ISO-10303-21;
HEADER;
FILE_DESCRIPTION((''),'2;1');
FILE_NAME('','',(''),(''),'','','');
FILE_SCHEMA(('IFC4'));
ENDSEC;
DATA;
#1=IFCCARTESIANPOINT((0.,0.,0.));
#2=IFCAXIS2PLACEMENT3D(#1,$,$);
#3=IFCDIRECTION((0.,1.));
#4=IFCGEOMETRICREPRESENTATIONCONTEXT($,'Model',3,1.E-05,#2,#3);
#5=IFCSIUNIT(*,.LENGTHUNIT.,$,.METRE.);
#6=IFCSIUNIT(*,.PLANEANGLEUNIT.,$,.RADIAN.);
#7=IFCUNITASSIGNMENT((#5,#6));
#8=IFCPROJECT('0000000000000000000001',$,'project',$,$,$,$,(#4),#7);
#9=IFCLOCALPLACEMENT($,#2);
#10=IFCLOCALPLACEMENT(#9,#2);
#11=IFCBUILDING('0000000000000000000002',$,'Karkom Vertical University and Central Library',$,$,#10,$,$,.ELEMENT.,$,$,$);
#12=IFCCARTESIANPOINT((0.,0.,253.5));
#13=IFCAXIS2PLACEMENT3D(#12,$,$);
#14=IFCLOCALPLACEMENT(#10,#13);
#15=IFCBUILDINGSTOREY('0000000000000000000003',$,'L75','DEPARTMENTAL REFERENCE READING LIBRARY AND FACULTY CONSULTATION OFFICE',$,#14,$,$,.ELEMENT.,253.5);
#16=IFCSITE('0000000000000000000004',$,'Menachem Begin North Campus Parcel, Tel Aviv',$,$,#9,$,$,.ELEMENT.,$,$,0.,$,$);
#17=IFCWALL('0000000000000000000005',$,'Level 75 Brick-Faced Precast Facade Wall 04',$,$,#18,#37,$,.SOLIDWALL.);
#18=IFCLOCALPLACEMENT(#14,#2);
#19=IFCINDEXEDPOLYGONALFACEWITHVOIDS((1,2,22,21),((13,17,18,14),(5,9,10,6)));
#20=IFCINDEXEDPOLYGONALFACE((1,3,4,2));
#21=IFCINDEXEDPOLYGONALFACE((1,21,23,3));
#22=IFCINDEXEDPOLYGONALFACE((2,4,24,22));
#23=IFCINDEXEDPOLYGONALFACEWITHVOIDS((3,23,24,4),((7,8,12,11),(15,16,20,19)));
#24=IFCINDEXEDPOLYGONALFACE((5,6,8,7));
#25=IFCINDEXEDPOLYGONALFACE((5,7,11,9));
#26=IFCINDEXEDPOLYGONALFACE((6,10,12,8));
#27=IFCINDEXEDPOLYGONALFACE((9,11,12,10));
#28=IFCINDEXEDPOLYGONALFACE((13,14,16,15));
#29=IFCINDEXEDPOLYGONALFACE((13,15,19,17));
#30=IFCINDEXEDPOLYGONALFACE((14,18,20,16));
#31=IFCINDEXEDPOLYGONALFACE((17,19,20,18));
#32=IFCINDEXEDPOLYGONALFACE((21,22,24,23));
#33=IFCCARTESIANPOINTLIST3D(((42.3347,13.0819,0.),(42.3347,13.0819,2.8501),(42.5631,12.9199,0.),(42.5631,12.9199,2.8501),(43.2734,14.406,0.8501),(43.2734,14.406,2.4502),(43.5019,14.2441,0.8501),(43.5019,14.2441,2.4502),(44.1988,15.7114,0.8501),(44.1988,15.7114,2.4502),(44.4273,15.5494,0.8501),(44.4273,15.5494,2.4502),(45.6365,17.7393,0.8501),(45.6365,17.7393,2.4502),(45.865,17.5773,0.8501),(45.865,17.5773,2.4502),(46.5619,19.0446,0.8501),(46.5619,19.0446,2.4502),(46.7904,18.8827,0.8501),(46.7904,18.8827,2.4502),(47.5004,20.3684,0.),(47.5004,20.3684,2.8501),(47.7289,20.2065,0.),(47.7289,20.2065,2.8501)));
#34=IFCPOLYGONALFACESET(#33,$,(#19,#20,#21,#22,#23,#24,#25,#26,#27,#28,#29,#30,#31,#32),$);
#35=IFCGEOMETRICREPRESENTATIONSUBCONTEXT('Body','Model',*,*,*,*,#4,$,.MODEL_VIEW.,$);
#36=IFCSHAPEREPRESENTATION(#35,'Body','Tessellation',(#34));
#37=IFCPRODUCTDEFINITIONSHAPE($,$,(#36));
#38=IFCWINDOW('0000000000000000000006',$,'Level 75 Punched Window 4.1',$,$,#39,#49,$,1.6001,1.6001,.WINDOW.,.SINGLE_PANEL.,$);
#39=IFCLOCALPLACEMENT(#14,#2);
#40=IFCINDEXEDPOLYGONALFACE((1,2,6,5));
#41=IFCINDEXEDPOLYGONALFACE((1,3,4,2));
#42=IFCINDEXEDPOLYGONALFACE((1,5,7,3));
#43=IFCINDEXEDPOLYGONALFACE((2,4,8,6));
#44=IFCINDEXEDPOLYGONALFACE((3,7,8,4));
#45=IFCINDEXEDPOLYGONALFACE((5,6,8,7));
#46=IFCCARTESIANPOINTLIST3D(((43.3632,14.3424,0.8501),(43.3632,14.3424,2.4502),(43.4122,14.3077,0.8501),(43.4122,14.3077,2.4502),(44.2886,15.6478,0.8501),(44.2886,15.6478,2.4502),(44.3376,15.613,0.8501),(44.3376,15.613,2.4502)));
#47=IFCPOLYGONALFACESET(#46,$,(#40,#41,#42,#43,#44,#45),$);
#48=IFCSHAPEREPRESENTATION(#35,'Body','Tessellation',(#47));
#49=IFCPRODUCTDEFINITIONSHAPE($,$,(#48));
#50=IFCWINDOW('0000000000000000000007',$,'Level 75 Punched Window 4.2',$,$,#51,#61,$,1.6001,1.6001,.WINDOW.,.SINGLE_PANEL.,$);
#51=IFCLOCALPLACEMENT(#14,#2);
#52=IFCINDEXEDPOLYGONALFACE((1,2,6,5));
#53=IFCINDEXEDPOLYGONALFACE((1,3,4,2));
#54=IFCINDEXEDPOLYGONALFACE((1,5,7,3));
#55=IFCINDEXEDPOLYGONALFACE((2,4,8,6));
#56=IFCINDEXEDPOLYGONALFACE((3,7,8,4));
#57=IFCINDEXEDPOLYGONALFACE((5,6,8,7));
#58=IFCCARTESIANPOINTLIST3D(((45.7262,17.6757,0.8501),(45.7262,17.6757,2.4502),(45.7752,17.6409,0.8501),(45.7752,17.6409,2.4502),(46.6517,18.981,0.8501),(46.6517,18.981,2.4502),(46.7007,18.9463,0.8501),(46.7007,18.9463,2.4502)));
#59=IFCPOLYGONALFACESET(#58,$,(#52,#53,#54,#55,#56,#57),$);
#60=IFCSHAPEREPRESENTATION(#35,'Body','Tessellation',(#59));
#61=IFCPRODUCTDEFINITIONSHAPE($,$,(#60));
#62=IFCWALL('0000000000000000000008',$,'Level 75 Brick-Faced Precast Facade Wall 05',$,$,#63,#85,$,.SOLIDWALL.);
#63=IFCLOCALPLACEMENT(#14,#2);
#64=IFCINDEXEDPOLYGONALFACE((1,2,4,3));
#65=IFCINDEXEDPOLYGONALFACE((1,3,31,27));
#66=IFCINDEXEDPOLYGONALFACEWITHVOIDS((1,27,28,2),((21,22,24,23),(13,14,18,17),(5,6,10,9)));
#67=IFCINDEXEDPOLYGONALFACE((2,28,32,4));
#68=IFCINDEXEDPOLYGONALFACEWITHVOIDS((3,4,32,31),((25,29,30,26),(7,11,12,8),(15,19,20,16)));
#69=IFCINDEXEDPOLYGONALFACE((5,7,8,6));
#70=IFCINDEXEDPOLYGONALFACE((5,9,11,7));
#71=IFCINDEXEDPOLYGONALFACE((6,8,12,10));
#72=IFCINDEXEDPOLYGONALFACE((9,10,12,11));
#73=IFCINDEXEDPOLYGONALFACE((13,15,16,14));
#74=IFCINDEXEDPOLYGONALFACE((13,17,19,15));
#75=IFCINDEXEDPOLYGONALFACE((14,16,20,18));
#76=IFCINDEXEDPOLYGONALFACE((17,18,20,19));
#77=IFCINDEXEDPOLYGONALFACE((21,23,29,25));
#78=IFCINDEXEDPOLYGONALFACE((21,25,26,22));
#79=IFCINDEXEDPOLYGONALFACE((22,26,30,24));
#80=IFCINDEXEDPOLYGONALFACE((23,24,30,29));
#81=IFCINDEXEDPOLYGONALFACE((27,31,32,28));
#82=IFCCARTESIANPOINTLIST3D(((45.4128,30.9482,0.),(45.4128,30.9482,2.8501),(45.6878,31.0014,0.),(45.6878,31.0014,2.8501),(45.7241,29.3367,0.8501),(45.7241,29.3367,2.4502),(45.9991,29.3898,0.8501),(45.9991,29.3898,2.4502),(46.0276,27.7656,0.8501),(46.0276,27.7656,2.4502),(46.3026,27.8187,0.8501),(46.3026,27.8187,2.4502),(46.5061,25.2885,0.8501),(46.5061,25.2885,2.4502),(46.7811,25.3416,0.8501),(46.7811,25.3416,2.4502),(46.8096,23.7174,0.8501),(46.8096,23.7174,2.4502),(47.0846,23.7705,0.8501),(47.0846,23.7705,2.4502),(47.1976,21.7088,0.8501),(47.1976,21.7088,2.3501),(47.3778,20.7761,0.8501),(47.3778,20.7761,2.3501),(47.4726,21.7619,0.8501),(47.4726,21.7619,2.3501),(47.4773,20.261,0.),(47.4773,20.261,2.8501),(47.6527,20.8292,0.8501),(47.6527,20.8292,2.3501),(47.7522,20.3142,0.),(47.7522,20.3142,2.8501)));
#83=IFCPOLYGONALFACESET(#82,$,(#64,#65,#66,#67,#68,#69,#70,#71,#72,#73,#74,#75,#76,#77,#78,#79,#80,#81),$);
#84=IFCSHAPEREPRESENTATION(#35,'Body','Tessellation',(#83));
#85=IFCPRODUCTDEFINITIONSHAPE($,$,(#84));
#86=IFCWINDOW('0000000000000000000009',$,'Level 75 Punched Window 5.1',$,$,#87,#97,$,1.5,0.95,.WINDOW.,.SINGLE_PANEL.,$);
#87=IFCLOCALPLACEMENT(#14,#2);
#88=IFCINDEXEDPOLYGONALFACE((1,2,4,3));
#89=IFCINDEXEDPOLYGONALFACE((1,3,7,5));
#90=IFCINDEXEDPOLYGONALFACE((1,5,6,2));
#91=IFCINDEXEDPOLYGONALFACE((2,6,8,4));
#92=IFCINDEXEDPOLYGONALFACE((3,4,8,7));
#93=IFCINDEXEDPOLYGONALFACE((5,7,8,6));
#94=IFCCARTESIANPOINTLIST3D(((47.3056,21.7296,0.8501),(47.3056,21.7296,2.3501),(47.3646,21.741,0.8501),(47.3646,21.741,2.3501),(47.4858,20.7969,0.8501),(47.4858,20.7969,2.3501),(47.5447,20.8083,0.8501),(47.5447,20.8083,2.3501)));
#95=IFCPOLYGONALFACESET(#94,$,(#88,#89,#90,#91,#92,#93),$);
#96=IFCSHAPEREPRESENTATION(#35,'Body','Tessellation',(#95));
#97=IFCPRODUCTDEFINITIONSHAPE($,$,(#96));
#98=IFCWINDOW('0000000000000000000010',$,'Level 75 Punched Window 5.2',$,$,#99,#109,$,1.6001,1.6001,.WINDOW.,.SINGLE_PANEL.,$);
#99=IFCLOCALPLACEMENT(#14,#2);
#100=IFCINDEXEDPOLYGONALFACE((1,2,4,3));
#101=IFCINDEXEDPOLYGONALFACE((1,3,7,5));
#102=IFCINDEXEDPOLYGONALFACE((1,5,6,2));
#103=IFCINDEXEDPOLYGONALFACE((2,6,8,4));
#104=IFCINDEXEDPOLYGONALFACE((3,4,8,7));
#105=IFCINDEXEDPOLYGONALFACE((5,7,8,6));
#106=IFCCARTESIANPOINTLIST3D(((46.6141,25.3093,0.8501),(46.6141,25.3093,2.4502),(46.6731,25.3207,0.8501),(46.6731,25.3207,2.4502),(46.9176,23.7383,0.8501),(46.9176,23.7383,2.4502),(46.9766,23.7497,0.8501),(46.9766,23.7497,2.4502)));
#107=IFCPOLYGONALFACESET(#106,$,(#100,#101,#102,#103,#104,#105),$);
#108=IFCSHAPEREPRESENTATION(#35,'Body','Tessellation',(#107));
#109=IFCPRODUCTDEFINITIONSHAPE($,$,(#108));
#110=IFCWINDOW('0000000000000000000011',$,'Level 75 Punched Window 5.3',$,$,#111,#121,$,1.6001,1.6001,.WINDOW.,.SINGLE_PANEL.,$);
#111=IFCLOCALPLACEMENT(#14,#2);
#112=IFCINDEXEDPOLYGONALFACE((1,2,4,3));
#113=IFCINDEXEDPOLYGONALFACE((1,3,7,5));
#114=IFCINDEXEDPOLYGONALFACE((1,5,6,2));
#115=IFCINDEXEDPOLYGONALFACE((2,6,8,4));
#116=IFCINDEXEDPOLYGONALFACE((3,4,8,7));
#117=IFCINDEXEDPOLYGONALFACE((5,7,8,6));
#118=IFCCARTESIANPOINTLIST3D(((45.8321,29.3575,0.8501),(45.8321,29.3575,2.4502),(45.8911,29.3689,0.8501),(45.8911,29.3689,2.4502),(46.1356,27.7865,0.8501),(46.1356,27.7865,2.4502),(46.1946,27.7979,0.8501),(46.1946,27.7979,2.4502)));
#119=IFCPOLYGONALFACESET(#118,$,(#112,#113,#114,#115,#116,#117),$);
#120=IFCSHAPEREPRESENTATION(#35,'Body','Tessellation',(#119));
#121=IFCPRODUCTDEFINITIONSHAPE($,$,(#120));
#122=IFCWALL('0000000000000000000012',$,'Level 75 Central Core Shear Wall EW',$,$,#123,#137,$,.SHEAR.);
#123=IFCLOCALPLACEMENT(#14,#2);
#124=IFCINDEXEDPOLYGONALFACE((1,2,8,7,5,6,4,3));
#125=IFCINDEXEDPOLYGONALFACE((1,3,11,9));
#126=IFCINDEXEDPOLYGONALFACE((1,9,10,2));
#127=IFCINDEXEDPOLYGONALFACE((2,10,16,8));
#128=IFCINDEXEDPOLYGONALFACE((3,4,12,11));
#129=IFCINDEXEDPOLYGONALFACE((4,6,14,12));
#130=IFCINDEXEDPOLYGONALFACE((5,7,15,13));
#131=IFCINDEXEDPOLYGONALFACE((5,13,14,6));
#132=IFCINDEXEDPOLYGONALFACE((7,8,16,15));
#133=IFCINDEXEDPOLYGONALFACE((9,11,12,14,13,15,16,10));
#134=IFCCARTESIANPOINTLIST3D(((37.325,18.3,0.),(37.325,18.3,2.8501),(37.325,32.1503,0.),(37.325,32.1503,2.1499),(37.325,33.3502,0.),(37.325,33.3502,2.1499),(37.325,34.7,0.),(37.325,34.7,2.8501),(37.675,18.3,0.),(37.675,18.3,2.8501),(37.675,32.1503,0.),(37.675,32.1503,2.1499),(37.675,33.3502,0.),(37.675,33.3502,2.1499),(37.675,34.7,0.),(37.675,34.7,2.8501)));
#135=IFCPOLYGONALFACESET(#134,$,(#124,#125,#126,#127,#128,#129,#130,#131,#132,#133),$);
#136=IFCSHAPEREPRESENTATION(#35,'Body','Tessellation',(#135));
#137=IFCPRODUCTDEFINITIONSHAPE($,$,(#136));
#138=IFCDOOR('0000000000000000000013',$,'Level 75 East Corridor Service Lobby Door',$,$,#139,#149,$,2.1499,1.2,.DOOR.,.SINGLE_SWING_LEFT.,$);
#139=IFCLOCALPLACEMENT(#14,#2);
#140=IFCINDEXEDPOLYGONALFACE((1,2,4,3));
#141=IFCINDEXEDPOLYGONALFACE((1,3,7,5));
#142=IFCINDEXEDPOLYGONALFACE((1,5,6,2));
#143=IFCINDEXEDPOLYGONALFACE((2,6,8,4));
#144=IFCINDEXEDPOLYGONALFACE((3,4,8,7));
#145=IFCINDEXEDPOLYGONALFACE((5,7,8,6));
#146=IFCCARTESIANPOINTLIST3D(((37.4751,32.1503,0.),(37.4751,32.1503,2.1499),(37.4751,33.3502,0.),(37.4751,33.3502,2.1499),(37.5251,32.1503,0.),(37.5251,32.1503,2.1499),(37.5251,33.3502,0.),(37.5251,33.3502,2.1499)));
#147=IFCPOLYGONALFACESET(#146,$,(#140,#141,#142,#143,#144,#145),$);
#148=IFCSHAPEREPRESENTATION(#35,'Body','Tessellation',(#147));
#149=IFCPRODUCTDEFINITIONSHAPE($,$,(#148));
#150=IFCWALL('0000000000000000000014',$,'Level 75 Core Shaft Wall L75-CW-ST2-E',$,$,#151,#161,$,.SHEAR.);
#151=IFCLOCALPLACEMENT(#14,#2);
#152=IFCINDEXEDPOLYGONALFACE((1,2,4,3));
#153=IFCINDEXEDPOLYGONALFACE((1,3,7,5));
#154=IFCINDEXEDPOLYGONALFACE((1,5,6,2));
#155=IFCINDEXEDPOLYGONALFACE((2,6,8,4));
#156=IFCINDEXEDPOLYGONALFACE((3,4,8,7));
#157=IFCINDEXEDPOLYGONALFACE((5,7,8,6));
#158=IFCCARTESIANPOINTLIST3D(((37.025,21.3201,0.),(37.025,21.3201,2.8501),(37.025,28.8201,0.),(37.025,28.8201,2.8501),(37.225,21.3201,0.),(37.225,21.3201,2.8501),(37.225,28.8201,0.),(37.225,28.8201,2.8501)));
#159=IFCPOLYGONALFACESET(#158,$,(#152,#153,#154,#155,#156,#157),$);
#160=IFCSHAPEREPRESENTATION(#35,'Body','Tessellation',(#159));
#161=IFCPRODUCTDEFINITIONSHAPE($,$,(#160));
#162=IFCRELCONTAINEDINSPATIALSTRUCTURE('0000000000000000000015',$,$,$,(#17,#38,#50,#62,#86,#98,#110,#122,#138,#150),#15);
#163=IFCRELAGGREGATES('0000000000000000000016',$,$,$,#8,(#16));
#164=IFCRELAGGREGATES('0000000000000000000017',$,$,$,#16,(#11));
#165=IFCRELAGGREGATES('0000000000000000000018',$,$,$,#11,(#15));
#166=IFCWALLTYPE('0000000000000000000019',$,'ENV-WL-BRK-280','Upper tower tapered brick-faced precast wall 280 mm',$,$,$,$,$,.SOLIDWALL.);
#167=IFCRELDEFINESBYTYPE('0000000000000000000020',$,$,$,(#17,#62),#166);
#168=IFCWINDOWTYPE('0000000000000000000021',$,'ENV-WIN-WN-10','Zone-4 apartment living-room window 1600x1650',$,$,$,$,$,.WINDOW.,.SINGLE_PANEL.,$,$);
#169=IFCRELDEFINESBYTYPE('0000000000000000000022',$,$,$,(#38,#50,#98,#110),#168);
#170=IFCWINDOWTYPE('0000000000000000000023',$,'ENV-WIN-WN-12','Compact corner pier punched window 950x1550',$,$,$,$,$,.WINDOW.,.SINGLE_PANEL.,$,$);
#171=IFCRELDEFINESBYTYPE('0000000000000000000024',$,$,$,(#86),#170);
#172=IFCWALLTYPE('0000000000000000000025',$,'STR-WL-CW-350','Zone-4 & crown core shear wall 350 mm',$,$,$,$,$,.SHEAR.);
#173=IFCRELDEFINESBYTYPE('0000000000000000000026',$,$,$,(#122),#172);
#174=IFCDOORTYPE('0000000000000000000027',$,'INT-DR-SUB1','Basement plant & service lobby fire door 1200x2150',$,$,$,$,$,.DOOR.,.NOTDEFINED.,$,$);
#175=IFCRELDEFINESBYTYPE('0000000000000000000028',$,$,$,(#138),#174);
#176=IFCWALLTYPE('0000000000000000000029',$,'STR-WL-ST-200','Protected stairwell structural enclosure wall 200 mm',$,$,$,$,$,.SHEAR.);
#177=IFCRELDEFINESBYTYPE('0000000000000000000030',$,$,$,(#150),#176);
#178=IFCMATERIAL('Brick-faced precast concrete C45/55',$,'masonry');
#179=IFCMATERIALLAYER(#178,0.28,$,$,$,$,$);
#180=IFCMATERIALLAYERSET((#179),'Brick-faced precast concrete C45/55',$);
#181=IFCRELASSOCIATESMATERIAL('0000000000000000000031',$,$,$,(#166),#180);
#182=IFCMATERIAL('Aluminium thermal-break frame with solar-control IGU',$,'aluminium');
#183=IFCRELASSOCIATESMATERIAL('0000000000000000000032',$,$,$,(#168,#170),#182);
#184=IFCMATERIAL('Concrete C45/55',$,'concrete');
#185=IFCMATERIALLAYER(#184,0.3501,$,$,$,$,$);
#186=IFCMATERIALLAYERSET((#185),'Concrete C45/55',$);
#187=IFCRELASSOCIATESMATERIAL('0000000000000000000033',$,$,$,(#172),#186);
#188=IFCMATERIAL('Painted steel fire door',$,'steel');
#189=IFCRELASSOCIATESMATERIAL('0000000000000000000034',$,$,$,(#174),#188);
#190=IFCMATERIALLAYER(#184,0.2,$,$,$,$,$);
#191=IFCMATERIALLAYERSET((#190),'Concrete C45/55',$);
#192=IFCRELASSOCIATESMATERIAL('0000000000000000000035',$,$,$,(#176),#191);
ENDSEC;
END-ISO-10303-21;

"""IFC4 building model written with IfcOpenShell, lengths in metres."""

from ifc_helpers import new_model, si_unit, direction, frame, frame_2d, origin, origin_with_axes, place, context, subcontext, project, spatial, rectangle, extrude, source, transform, mapped, material, layer, layer_set, type_object, element, fill, save


model = new_model("IFC4")

# Units and contexts
model_context = context("Model", 3, precision=1e-05, world=origin(), true_north=direction((0.0, 1.0)))
body_context = subcontext(model_context, "Body", "Model", "MODEL_VIEW")
ifc_project = project(units=[si_unit("LENGTHUNIT", "METRE"), si_unit("PLANEANGLEUNIT", "RADIAN")], contexts=[model_context])

# Site, building, storey
site_placement = place(None, origin())
site = spatial("IfcSite", under=ifc_project, at=site_placement, Name="Menachem Begin North Campus Parcel, Tel Aviv", CompositionType="ELEMENT", RefElevation=0.0)
building_placement = place(site_placement, origin())
building = spatial("IfcBuilding", under=site, at=building_placement, Name="Karkom Vertical University and Central Library", CompositionType="ELEMENT")
storey_placement = place(building_placement, frame((0.0, 0.0, 253.5)))
storey = spatial("IfcBuildingStorey", under=building, at=storey_placement, Name="L75", Description="DEPARTMENTAL REFERENCE READING LIBRARY AND FACULTY CONSULTATION OFFICE", CompositionType="ELEMENT", Elevation=253.5)

# Shared definitions
ifc_material_1 = material(Name="Concrete C45/55", Category="concrete")

# Walls, openings, windows
ifc_material_2 = material(Name="Brick-faced precast concrete C45/55", Category="masonry")
ifc_layer_1 = layer(ifc_material_2, 0.28)
ifc_layer_set_1 = layer_set([ifc_layer_1], Name="Brick-faced precast concrete C45/55")
wall_type_1 = type_object("IfcWallType", Name="ENV-WL-BRK-280", Description="Upper tower tapered brick-faced precast wall 280 mm", PredefinedType="SOLIDWALL", material=ifc_layer_set_1)
wall_1_placement = place(storey_placement, frame((42.449, 13.001, 0.0), z_axis=(0.0, 0.0, 1.0), x_axis=(0.578346, 0.815791, 0.0)))
wall_1 = element("IfcWall", 1, at=wall_1_placement, inside=storey, type_object=wall_type_1, Name="Level 75 Brick-Faced Precast Facade Wall 04", PredefinedType="SOLIDWALL", context=body_context, shape_type="SweptSolid", body=[
    extrude(rectangle(XDim=8.9319, YDim=0.28, at=frame_2d((4.4658, 0.0))), origin(), (0.0, 0.0, 1.0), 2.8501),
])
opening_1_placement = place(wall_1_placement, frame((1.623, 0.0, 0.8501)))
opening_1 = element("IfcOpeningElement", 2, at=opening_1_placement, cuts=wall_1, PredefinedType="OPENING", context=body_context, shape_type="SweptSolid", body=[
    extrude(rectangle(XDim=1.6001, YDim=1.6001, at=frame_2d((0.8, 0.8))), frame((0.0, 0.1499, 0.0), z_axis=(0.0, -1.0, 0.0), x_axis=(1.0, 0.0, 0.0)), (0.0, 0.0, 1.0), 0.3),
])
opening_2_placement = place(wall_1_placement, frame((5.709, 0.0, 0.8501)))
opening_2 = element("IfcOpeningElement", 3, at=opening_2_placement, cuts=wall_1, PredefinedType="OPENING", context=body_context, shape_type="SweptSolid", body=[
    extrude(rectangle(XDim=1.6001, YDim=1.6001, at=frame_2d((0.8, 0.8))), frame((0.0, 0.1499, 0.0), z_axis=(0.0, -1.0, 0.0), x_axis=(1.0, 0.0, 0.0)), (0.0, 0.0, 1.0), 0.3),
])
ifc_material_3 = material(Name="Aluminium thermal-break frame with solar-control IGU", Category="aluminium")
window_type_1 = type_object("IfcWindowType", Name="ENV-WIN-WN-10", Description="Zone-4 apartment living-room window 1600x1650", PartitioningType="SINGLE_PANEL", PredefinedType="WINDOW", material=ifc_material_3)
shared_shape_1 = source(origin_with_axes(), body_context, "Body", "SweptSolid", [
    extrude(rectangle(XDim=1.6001, YDim=1.6001, at=frame_2d((0.8, 0.8))), frame((0.0, 0.03, 0.0), z_axis=(0.0, -1.0, 0.0), x_axis=(1.0, 0.0, 0.0)), (0.0, 0.0, 1.0), 0.0601),
])
window_1_placement = place(opening_1_placement, origin())
window_1 = element("IfcWindow", 4, at=window_1_placement, inside=storey, type_object=window_type_1, Name="Level 75 Punched Window 4.1", OverallHeight=1.6001, OverallWidth=1.6001, PartitioningType="SINGLE_PANEL", PredefinedType="WINDOW", context=body_context, shape_type="MappedRepresentation", body=[
    mapped(shared_shape_1, transform((0.0, 0.0, 0.0), scale=1.0)),
])
fill(opening_1, window_1)
window_2_placement = place(opening_2_placement, origin())
window_2 = element("IfcWindow", 5, at=window_2_placement, inside=storey, type_object=window_type_1, Name="Level 75 Punched Window 4.2", OverallHeight=1.6001, OverallWidth=1.6001, PartitioningType="SINGLE_PANEL", PredefinedType="WINDOW", context=body_context, shape_type="MappedRepresentation", body=[
    mapped(shared_shape_1, transform((0.0, 0.0, 0.0), scale=1.0)),
])
fill(opening_2, window_2)
wall_2_placement = place(storey_placement, frame((47.6147, 20.2876, 0.0), z_axis=(0.0, 0.0, 1.0), x_axis=(-0.189663, 0.981849, 0.0)))
wall_2 = element("IfcWall", 6, at=wall_2_placement, inside=storey, type_object=wall_type_1, Name="Level 75 Brick-Faced Precast Facade Wall 05", PredefinedType="SOLIDWALL", context=body_context, shape_type="SweptSolid", body=[
    extrude(rectangle(XDim=10.8848, YDim=0.28, at=frame_2d((5.4424, 0.0))), origin(), (0.0, 0.0, 1.0), 2.8501),
])
opening_3_placement = place(wall_2_placement, frame((0.5244, 0.0, 0.8501)))
opening_3 = element("IfcOpeningElement", 7, at=opening_3_placement, cuts=wall_2, PredefinedType="OPENING", context=body_context, shape_type="SweptSolid", body=[
    extrude(rectangle(XDim=0.95, YDim=1.5, at=frame_2d((0.4751, 0.75))), frame((0.0, 0.1499, 0.0), z_axis=(0.0, -1.0, 0.0), x_axis=(1.0, 0.0, 0.0)), (0.0, 0.0, 1.0), 0.3),
])
opening_4_placement = place(wall_2_placement, frame((3.5203, 0.0, 0.8501)))
opening_4 = element("IfcOpeningElement", 8, at=opening_4_placement, cuts=wall_2, PredefinedType="OPENING", context=body_context, shape_type="SweptSolid", body=[
    extrude(rectangle(XDim=1.6001, YDim=1.6001, at=frame_2d((0.8, 0.8))), frame((0.0, 0.1499, 0.0), z_axis=(0.0, -1.0, 0.0), x_axis=(1.0, 0.0, 0.0)), (0.0, 0.0, 1.0), 0.3),
])
opening_5_placement = place(wall_2_placement, frame((7.6433, 0.0, 0.8501)))
opening_5 = element("IfcOpeningElement", 9, at=opening_5_placement, cuts=wall_2, PredefinedType="OPENING", context=body_context, shape_type="SweptSolid", body=[
    extrude(rectangle(XDim=1.6001, YDim=1.6001, at=frame_2d((0.8, 0.8))), frame((0.0, 0.1499, 0.0), z_axis=(0.0, -1.0, 0.0), x_axis=(1.0, 0.0, 0.0)), (0.0, 0.0, 1.0), 0.3),
])
window_type_2 = type_object("IfcWindowType", Name="ENV-WIN-WN-12", Description="Compact corner pier punched window 950x1550", PartitioningType="SINGLE_PANEL", PredefinedType="WINDOW", material=ifc_material_3)
shared_shape_2 = source(origin_with_axes(), body_context, "Body", "SweptSolid", [
    extrude(rectangle(XDim=0.95, YDim=1.5, at=frame_2d((0.4751, 0.75))), frame((0.0, 0.03, 0.0), z_axis=(0.0, -1.0, 0.0), x_axis=(1.0, 0.0, 0.0)), (0.0, 0.0, 1.0), 0.0601),
])
window_3_placement = place(opening_3_placement, origin())
window_3 = element("IfcWindow", 10, at=window_3_placement, inside=storey, type_object=window_type_2, Name="Level 75 Punched Window 5.1", OverallHeight=1.5, OverallWidth=0.95, PartitioningType="SINGLE_PANEL", PredefinedType="WINDOW", context=body_context, shape_type="MappedRepresentation", body=[
    mapped(shared_shape_2, transform((0.0, 0.0, 0.0), scale=1.0)),
])
fill(opening_3, window_3)
window_4_placement = place(opening_4_placement, origin())
window_4 = element("IfcWindow", 11, at=window_4_placement, inside=storey, type_object=window_type_1, Name="Level 75 Punched Window 5.2", OverallHeight=1.6001, OverallWidth=1.6001, PartitioningType="SINGLE_PANEL", PredefinedType="WINDOW", context=body_context, shape_type="MappedRepresentation", body=[
    mapped(shared_shape_1, transform((0.0, 0.0, 0.0), scale=1.0)),
])
fill(opening_4, window_4)
window_5_placement = place(opening_5_placement, origin())
window_5 = element("IfcWindow", 12, at=window_5_placement, inside=storey, type_object=window_type_1, Name="Level 75 Punched Window 5.3", OverallHeight=1.6001, OverallWidth=1.6001, PartitioningType="SINGLE_PANEL", PredefinedType="WINDOW", context=body_context, shape_type="MappedRepresentation", body=[
    mapped(shared_shape_1, transform((0.0, 0.0, 0.0), scale=1.0)),
])
fill(opening_5, window_5)

# Wall, opening, door
ifc_layer_2 = layer(ifc_material_1, 0.3501)
ifc_layer_set_2 = layer_set([ifc_layer_2], Name="Concrete C45/55")
wall_type_2 = type_object("IfcWallType", Name="STR-WL-CW-350", Description="Zone-4 & crown core shear wall 350 mm", PredefinedType="SHEAR", material=ifc_layer_set_2)
wall_3_placement = place(storey_placement, frame((37.5, 18.3, 0.0), z_axis=(0.0, 0.0, 1.0), x_axis=(0.0, 1.0, 0.0)))
wall_3 = element("IfcWall", 13, at=wall_3_placement, inside=storey, type_object=wall_type_2, Name="Level 75 Central Core Shear Wall EW", PredefinedType="SHEAR", context=body_context, shape_type="SweptSolid", body=[
    extrude(rectangle(XDim=16.3999, YDim=0.3501, at=frame_2d((8.2, 0.0))), origin(), (0.0, 0.0, 1.0), 2.8501),
])
opening_6_placement = place(wall_3_placement, frame((13.8501, 0.0, 0.0)))
opening_6 = element("IfcOpeningElement", 14, at=opening_6_placement, cuts=wall_3, PredefinedType="OPENING", context=body_context, shape_type="SweptSolid", body=[
    extrude(rectangle(XDim=1.2, YDim=2.1499, at=frame_2d((0.6001, 1.075))), frame((0.0, 0.1851, 0.0), z_axis=(0.0, -1.0, 0.0), x_axis=(1.0, 0.0, 0.0)), (0.0, 0.0, 1.0), 0.3701),
])
ifc_material_4 = material(Name="Painted steel fire door", Category="steel")
door_type_1 = type_object("IfcDoorType", Name="INT-DR-SUB1", Description="Basement plant & service lobby fire door 1200x2150", OperationType="NOTDEFINED", PredefinedType="DOOR", material=ifc_material_4)
shared_shape_3 = source(origin_with_axes(), body_context, "Body", "SweptSolid", [
    extrude(rectangle(XDim=1.2, YDim=2.1499, at=frame_2d((0.6001, 1.075))), frame((0.0, 0.0249, 0.0), z_axis=(0.0, -1.0, 0.0), x_axis=(1.0, 0.0, 0.0)), (0.0, 0.0, 1.0), 0.05),
])
door_1_placement = place(opening_6_placement, origin())
door_1 = element("IfcDoor", 15, at=door_1_placement, inside=storey, type_object=door_type_1, Name="Level 75 East Corridor Service Lobby Door", OperationType="SINGLE_SWING_LEFT", OverallHeight=2.1499, OverallWidth=1.2, PredefinedType="DOOR", context=body_context, shape_type="MappedRepresentation", body=[
    mapped(shared_shape_3, transform((0.0, 0.0, 0.0), scale=1.0)),
])
fill(opening_6, door_1)

# Wall
ifc_layer_3 = layer(ifc_material_1, 0.2)
ifc_layer_set_3 = layer_set([ifc_layer_3], Name="Concrete C45/55")
wall_type_3 = type_object("IfcWallType", Name="STR-WL-ST-200", Description="Protected stairwell structural enclosure wall 200 mm", PredefinedType="SHEAR", material=ifc_layer_set_3)
wall_4_placement = place(storey_placement, frame((37.125, 21.3201, 0.0), z_axis=(0.0, 0.0, 1.0), x_axis=(0.0, 1.0, 0.0)))
element("IfcWall", 16, at=wall_4_placement, inside=storey, type_object=wall_type_3, Name="Level 75 Core Shaft Wall L75-CW-ST2-E", PredefinedType="SHEAR", context=body_context, shape_type="SweptSolid", body=[
    extrude(rectangle(XDim=7.5, YDim=0.2, at=frame_2d((3.75, 0.0))), origin(), (0.0, 0.0, 1.0), 2.8501),
])

save(model, "model.ifc")
